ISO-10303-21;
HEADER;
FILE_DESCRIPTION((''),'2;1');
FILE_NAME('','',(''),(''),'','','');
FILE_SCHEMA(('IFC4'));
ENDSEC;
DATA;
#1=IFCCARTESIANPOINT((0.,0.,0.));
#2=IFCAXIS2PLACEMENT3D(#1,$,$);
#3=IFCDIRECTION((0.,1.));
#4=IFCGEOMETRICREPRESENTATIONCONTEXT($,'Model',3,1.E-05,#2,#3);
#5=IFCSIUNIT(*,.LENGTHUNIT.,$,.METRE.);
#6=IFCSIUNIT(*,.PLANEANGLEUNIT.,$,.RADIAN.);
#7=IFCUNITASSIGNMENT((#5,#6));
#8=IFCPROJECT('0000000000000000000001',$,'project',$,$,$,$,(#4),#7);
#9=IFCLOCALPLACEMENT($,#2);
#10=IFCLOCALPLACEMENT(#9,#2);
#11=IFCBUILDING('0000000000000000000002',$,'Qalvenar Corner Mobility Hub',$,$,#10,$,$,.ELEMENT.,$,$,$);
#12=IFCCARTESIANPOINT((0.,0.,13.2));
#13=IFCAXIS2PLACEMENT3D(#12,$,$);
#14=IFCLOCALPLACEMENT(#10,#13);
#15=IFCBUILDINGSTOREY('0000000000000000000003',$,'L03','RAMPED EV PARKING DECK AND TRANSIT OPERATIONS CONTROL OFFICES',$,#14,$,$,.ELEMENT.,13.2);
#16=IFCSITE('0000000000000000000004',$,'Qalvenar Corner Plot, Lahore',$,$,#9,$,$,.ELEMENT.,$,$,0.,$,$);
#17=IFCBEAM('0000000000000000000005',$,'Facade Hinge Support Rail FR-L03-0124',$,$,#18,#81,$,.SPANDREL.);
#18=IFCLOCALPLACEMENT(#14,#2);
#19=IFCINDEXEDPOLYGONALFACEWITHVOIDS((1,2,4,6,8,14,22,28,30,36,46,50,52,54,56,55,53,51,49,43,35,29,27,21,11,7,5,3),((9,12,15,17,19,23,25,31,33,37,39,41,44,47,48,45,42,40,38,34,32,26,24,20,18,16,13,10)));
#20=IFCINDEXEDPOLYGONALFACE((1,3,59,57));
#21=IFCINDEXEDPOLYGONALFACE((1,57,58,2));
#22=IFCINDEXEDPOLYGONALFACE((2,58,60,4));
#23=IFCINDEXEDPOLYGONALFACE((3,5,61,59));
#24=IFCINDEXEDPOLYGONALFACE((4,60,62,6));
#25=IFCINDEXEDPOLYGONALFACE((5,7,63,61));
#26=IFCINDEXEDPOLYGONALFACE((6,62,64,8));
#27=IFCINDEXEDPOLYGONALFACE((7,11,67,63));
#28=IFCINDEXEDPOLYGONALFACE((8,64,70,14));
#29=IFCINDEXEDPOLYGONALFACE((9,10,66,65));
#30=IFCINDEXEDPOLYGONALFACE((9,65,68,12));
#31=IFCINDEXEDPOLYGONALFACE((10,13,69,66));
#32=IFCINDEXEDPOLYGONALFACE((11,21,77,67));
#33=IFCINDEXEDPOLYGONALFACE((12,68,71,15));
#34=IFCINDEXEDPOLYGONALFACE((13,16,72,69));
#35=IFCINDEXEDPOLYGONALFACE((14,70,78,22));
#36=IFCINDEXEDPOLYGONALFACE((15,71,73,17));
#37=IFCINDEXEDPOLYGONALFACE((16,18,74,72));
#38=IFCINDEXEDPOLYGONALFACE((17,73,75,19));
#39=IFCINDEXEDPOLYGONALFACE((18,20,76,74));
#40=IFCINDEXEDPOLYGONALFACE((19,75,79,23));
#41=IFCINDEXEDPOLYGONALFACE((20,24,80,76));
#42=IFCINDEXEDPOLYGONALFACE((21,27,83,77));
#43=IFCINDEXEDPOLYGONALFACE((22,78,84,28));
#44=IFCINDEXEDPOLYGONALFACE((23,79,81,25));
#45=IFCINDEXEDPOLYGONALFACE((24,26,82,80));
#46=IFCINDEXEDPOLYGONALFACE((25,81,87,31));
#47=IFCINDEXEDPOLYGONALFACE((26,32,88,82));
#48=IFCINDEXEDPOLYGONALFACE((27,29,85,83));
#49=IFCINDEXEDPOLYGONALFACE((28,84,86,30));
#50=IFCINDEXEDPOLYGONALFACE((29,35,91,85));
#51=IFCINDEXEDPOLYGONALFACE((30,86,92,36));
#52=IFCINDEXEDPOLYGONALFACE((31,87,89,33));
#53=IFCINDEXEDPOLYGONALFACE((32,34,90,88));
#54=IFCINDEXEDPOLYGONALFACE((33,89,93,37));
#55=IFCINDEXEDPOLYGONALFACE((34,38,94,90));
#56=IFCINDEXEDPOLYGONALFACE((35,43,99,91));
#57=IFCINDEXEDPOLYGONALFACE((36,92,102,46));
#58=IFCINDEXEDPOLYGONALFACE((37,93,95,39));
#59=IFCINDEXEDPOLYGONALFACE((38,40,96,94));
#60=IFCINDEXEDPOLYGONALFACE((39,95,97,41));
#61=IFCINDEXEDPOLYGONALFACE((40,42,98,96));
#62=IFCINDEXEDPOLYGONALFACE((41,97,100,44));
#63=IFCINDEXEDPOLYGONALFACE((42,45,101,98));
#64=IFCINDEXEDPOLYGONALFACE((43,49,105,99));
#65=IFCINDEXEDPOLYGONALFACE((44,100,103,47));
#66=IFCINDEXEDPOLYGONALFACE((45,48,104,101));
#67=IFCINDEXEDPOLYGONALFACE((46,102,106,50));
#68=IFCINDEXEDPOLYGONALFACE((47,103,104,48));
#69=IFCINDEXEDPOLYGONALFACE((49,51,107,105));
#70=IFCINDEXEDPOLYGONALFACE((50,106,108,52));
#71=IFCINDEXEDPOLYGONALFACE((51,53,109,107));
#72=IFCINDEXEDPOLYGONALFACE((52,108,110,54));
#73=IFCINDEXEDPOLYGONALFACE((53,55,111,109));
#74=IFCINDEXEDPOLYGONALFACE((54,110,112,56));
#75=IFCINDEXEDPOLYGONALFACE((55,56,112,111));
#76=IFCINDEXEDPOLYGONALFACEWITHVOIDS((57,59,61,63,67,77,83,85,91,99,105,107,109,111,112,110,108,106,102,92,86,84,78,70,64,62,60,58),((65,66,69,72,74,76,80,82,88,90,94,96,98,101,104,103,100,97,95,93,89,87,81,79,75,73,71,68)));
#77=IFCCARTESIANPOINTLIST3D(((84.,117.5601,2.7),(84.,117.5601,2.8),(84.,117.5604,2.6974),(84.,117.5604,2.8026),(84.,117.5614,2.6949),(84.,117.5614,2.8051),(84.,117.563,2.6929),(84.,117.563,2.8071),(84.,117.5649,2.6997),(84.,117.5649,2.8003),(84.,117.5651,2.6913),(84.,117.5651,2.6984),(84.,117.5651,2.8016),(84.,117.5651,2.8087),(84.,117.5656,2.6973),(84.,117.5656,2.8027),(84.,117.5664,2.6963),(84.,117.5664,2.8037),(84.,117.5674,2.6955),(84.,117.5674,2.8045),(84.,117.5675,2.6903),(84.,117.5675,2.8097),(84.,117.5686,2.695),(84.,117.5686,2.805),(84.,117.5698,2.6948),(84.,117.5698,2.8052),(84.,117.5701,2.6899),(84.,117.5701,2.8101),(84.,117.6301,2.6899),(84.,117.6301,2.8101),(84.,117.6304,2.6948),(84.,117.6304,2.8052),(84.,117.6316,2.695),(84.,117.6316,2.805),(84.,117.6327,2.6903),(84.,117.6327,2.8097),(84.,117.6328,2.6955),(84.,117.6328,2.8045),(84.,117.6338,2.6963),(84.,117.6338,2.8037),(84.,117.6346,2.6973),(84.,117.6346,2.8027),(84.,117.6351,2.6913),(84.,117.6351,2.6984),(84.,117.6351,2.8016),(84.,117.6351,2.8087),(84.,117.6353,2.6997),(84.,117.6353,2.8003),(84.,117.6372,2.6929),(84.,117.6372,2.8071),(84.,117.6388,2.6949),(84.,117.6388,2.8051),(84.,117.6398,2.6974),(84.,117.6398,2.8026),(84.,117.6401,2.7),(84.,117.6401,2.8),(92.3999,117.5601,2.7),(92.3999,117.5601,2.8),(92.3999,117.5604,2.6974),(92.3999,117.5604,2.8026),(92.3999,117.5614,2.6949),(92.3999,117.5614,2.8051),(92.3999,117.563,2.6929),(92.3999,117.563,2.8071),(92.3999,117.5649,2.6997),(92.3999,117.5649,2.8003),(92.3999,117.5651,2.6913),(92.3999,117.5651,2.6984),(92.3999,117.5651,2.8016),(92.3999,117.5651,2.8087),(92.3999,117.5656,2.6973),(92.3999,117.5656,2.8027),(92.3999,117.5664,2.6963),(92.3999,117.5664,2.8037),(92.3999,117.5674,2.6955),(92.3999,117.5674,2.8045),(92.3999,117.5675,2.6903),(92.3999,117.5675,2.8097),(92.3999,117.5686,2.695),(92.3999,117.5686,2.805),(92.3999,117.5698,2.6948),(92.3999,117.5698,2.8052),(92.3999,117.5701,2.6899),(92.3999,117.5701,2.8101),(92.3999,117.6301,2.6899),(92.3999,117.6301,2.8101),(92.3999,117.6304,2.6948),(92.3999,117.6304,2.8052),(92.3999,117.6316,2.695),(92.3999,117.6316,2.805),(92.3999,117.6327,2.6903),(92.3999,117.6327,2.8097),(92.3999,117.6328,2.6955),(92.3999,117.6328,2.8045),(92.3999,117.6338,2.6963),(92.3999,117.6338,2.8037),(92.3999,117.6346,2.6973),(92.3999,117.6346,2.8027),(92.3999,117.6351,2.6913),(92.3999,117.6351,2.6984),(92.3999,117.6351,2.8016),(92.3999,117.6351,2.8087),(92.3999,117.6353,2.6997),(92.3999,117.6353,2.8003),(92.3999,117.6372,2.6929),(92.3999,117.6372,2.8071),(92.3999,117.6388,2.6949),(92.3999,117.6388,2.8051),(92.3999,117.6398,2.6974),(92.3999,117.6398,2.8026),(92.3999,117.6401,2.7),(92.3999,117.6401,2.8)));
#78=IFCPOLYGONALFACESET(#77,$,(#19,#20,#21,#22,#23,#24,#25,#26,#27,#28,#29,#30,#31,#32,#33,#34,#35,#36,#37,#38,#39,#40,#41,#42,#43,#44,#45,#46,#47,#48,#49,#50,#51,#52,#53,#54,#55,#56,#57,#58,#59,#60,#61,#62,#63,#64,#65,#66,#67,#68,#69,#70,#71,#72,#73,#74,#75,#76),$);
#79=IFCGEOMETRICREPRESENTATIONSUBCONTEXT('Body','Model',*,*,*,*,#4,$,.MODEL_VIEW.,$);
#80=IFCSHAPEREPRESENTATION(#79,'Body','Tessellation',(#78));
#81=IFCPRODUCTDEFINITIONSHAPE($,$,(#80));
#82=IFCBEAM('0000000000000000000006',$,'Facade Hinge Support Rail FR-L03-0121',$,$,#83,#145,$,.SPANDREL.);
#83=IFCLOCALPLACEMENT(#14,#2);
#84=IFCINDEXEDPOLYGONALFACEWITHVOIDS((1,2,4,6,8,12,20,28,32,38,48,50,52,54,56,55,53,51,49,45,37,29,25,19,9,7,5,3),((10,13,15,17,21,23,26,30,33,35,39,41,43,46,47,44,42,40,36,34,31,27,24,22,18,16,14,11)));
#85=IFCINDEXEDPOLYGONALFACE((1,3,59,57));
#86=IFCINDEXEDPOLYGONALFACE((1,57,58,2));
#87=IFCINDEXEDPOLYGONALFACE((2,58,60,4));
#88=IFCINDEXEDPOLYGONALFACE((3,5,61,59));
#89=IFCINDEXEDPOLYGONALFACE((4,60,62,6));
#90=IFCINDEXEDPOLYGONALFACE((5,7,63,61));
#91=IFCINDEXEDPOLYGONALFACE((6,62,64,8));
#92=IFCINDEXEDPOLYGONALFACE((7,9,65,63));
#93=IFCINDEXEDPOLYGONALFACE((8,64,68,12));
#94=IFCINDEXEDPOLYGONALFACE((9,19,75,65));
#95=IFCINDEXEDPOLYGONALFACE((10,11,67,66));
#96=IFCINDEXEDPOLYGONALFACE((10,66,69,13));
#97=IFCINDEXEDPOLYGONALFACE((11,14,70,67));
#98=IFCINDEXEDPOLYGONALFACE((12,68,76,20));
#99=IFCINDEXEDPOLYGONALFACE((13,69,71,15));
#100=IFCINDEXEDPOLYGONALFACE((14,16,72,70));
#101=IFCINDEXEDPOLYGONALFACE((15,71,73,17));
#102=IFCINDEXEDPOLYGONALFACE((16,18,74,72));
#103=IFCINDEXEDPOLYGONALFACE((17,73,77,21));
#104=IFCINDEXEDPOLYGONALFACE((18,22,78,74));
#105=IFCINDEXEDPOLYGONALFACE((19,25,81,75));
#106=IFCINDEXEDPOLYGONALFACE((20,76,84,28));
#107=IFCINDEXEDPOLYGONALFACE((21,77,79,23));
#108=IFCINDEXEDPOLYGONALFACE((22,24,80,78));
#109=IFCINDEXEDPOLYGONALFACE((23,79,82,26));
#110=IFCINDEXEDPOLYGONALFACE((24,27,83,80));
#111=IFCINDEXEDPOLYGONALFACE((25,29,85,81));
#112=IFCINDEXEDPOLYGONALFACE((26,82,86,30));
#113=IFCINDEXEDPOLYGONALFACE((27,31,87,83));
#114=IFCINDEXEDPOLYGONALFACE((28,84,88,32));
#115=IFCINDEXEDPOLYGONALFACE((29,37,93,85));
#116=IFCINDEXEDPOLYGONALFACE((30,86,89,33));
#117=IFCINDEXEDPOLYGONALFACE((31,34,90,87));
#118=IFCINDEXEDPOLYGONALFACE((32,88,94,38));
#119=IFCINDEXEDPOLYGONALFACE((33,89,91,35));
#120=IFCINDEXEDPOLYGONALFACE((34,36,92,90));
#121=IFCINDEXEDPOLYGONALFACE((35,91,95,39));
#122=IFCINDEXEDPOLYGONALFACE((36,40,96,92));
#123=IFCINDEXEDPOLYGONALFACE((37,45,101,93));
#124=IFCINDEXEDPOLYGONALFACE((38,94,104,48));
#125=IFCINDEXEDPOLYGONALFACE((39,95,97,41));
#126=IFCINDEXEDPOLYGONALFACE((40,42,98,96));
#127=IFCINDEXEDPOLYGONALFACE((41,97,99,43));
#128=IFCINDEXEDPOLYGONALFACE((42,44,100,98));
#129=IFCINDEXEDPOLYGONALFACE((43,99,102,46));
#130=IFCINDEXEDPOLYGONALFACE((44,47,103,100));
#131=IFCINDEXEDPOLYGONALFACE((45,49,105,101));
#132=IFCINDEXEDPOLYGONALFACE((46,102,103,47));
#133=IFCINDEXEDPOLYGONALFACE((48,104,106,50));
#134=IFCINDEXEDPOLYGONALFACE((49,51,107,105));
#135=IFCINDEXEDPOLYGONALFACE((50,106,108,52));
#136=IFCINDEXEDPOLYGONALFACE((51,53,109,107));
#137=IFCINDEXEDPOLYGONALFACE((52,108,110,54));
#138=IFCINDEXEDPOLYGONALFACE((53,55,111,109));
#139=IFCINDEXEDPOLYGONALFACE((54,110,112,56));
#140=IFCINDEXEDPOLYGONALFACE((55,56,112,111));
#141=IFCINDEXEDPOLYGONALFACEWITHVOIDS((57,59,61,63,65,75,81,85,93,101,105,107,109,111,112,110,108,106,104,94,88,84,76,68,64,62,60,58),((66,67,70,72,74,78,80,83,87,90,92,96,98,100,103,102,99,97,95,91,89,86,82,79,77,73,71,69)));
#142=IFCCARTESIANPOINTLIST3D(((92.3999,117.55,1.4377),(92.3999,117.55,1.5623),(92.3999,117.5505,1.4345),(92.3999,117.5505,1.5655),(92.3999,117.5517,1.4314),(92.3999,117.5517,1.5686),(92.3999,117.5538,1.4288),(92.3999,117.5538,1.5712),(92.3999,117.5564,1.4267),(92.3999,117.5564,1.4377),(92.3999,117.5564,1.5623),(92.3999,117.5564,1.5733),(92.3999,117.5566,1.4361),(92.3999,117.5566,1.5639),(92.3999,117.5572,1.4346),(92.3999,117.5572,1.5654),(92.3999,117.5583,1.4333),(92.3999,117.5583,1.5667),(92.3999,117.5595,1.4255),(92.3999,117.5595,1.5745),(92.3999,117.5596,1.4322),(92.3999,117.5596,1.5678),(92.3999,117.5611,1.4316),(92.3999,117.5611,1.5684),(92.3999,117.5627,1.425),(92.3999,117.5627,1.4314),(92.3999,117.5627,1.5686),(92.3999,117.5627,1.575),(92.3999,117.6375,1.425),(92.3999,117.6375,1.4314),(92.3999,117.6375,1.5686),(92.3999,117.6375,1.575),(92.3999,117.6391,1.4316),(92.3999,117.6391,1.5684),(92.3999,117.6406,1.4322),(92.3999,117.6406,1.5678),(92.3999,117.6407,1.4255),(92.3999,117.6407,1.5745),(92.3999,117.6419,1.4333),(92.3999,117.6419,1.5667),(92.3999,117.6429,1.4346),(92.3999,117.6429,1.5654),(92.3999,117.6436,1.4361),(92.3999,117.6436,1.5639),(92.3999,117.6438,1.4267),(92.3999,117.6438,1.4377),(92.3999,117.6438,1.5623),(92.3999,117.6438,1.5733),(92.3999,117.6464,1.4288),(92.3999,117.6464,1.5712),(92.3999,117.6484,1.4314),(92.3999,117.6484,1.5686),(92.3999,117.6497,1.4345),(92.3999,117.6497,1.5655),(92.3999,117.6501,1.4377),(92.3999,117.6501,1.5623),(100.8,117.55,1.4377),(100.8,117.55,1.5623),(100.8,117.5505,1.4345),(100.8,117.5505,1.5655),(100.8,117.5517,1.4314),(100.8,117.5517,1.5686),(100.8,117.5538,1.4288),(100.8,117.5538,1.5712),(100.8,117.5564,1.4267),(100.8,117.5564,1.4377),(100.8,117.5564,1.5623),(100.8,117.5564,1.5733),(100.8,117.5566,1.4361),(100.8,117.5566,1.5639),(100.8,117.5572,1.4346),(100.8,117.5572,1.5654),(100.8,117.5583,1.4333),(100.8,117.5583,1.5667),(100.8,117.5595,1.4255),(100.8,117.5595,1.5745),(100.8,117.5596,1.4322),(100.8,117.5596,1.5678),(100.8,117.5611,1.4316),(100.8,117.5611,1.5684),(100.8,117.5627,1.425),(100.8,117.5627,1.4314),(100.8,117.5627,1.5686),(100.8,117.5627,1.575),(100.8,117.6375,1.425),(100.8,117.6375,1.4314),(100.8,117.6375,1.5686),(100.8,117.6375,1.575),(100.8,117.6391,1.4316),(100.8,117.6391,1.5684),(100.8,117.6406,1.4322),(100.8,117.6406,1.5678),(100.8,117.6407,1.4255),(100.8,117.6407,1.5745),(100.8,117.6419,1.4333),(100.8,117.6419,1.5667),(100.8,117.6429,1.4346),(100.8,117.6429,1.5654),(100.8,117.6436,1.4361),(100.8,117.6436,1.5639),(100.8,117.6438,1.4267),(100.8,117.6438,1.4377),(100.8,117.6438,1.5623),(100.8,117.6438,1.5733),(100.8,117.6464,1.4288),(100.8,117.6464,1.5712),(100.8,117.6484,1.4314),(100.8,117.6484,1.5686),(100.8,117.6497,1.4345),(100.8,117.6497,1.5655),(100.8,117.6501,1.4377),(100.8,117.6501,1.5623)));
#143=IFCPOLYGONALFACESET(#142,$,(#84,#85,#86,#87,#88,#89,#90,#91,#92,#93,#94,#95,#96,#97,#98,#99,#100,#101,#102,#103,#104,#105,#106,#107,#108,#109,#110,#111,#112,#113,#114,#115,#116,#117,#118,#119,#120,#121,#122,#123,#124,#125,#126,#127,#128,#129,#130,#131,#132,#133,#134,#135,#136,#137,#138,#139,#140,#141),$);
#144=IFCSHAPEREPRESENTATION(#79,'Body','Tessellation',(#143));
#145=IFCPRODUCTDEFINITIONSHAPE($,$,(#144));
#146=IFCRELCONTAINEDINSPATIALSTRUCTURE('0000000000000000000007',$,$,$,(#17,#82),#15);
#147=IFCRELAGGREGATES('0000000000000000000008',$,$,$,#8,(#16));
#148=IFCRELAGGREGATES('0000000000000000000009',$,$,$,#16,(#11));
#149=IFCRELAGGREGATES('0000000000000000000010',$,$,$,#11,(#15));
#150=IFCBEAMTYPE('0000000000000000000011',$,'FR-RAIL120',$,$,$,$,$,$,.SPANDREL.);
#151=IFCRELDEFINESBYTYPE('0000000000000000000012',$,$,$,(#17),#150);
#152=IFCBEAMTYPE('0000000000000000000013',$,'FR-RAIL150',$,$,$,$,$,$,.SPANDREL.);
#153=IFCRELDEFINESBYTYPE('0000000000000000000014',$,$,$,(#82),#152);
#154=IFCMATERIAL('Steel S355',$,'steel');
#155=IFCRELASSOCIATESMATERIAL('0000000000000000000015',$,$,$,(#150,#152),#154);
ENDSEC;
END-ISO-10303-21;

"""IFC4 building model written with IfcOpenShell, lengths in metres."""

from ifc_helpers import new_model, si_unit, direction, frame, origin, origin_2d, place, context, subcontext, project, spatial, hollow_rectangle, extrude, material, material_profile, profile_set, type_object, element, save


model = new_model("IFC4")

# Units and contexts
model_context = context("Model", 3, precision=1e-05, world=origin(), true_north=direction((0.0, 1.0)))
body_context = subcontext(model_context, "Body", "Model", "MODEL_VIEW")
ifc_project = project(units=[si_unit("LENGTHUNIT", "METRE"), si_unit("PLANEANGLEUNIT", "RADIAN")], contexts=[model_context])

# Site, building, storey
site_placement = place(None, origin())
site = spatial("IfcSite", under=ifc_project, at=site_placement, Name="Qalvenar Corner Plot, Lahore", CompositionType="ELEMENT", RefElevation=0.0)
building_placement = place(site_placement, origin())
building = spatial("IfcBuilding", under=site, at=building_placement, Name="Qalvenar Corner Mobility Hub", CompositionType="ELEMENT")
storey_placement = place(building_placement, frame((0.0, 0.0, 13.2)))
storey = spatial("IfcBuildingStorey", under=building, at=storey_placement, Name="L03", Description="RAMPED EV PARKING DECK AND TRANSIT OPERATIONS CONTROL OFFICES", CompositionType="ELEMENT", Elevation=13.2)

# Shared definitions
ifc_material = material(Name="Steel S355", Category="steel")

# Beams
ifc_material_profile_1 = material_profile(ifc_material, hollow_rectangle(XDim=0.0801, YDim=0.1201, WallThickness=0.0049, InnerFilletRadius=0.0049, OuterFilletRadius=0.01, at=origin_2d()), Name="RHS120x80x5")
ifc_profile_set_1 = profile_set([ifc_material_profile_1], Name="Steel S355")
beam_type_1 = type_object("IfcBeamType", Name="FR-RAIL120", PredefinedType="SPANDREL", material=ifc_profile_set_1)
beam_1_placement = place(storey_placement, frame((92.3999, 117.6001, 2.75), z_axis=(-1.0, 0.0, 0.0), x_axis=(0.0, -1.0, 0.0)))
element("IfcBeam", 1, at=beam_1_placement, inside=storey, type_object=beam_type_1, Name="Facade Hinge Support Rail FR-L03-0124", PredefinedType="SPANDREL", context=body_context, shape_type="SweptSolid", body=[
    extrude(hollow_rectangle(XDim=0.0801, YDim=0.1201, WallThickness=0.0049, InnerFilletRadius=0.0049, OuterFilletRadius=0.01, at=origin_2d()), origin(), (0.0, 0.0, 1.0), 8.3999),
])
ifc_material_profile_2 = material_profile(ifc_material, hollow_rectangle(XDim=0.1001, YDim=0.1499, WallThickness=0.0063, InnerFilletRadius=0.0063, OuterFilletRadius=0.0127, at=origin_2d()), Name="RHS150x100x6.3")
ifc_profile_set_2 = profile_set([ifc_material_profile_2], Name="Steel S355")
beam_type_2 = type_object("IfcBeamType", Name="FR-RAIL150", PredefinedType="SPANDREL", material=ifc_profile_set_2)
beam_2_placement = place(storey_placement, frame((100.8, 117.6001, 1.5), z_axis=(-1.0, 0.0, 0.0), x_axis=(0.0, -1.0, 0.0)))
element("IfcBeam", 2, at=beam_2_placement, inside=storey, type_object=beam_type_2, Name="Facade Hinge Support Rail FR-L03-0121", PredefinedType="SPANDREL", context=body_context, shape_type="SweptSolid", body=[
    extrude(hollow_rectangle(XDim=0.1001, YDim=0.1499, WallThickness=0.0063, InnerFilletRadius=0.0063, OuterFilletRadius=0.0127, at=origin_2d()), origin(), (0.0, 0.0, 1.0), 8.4001),
])

save(model, "model.ifc")
